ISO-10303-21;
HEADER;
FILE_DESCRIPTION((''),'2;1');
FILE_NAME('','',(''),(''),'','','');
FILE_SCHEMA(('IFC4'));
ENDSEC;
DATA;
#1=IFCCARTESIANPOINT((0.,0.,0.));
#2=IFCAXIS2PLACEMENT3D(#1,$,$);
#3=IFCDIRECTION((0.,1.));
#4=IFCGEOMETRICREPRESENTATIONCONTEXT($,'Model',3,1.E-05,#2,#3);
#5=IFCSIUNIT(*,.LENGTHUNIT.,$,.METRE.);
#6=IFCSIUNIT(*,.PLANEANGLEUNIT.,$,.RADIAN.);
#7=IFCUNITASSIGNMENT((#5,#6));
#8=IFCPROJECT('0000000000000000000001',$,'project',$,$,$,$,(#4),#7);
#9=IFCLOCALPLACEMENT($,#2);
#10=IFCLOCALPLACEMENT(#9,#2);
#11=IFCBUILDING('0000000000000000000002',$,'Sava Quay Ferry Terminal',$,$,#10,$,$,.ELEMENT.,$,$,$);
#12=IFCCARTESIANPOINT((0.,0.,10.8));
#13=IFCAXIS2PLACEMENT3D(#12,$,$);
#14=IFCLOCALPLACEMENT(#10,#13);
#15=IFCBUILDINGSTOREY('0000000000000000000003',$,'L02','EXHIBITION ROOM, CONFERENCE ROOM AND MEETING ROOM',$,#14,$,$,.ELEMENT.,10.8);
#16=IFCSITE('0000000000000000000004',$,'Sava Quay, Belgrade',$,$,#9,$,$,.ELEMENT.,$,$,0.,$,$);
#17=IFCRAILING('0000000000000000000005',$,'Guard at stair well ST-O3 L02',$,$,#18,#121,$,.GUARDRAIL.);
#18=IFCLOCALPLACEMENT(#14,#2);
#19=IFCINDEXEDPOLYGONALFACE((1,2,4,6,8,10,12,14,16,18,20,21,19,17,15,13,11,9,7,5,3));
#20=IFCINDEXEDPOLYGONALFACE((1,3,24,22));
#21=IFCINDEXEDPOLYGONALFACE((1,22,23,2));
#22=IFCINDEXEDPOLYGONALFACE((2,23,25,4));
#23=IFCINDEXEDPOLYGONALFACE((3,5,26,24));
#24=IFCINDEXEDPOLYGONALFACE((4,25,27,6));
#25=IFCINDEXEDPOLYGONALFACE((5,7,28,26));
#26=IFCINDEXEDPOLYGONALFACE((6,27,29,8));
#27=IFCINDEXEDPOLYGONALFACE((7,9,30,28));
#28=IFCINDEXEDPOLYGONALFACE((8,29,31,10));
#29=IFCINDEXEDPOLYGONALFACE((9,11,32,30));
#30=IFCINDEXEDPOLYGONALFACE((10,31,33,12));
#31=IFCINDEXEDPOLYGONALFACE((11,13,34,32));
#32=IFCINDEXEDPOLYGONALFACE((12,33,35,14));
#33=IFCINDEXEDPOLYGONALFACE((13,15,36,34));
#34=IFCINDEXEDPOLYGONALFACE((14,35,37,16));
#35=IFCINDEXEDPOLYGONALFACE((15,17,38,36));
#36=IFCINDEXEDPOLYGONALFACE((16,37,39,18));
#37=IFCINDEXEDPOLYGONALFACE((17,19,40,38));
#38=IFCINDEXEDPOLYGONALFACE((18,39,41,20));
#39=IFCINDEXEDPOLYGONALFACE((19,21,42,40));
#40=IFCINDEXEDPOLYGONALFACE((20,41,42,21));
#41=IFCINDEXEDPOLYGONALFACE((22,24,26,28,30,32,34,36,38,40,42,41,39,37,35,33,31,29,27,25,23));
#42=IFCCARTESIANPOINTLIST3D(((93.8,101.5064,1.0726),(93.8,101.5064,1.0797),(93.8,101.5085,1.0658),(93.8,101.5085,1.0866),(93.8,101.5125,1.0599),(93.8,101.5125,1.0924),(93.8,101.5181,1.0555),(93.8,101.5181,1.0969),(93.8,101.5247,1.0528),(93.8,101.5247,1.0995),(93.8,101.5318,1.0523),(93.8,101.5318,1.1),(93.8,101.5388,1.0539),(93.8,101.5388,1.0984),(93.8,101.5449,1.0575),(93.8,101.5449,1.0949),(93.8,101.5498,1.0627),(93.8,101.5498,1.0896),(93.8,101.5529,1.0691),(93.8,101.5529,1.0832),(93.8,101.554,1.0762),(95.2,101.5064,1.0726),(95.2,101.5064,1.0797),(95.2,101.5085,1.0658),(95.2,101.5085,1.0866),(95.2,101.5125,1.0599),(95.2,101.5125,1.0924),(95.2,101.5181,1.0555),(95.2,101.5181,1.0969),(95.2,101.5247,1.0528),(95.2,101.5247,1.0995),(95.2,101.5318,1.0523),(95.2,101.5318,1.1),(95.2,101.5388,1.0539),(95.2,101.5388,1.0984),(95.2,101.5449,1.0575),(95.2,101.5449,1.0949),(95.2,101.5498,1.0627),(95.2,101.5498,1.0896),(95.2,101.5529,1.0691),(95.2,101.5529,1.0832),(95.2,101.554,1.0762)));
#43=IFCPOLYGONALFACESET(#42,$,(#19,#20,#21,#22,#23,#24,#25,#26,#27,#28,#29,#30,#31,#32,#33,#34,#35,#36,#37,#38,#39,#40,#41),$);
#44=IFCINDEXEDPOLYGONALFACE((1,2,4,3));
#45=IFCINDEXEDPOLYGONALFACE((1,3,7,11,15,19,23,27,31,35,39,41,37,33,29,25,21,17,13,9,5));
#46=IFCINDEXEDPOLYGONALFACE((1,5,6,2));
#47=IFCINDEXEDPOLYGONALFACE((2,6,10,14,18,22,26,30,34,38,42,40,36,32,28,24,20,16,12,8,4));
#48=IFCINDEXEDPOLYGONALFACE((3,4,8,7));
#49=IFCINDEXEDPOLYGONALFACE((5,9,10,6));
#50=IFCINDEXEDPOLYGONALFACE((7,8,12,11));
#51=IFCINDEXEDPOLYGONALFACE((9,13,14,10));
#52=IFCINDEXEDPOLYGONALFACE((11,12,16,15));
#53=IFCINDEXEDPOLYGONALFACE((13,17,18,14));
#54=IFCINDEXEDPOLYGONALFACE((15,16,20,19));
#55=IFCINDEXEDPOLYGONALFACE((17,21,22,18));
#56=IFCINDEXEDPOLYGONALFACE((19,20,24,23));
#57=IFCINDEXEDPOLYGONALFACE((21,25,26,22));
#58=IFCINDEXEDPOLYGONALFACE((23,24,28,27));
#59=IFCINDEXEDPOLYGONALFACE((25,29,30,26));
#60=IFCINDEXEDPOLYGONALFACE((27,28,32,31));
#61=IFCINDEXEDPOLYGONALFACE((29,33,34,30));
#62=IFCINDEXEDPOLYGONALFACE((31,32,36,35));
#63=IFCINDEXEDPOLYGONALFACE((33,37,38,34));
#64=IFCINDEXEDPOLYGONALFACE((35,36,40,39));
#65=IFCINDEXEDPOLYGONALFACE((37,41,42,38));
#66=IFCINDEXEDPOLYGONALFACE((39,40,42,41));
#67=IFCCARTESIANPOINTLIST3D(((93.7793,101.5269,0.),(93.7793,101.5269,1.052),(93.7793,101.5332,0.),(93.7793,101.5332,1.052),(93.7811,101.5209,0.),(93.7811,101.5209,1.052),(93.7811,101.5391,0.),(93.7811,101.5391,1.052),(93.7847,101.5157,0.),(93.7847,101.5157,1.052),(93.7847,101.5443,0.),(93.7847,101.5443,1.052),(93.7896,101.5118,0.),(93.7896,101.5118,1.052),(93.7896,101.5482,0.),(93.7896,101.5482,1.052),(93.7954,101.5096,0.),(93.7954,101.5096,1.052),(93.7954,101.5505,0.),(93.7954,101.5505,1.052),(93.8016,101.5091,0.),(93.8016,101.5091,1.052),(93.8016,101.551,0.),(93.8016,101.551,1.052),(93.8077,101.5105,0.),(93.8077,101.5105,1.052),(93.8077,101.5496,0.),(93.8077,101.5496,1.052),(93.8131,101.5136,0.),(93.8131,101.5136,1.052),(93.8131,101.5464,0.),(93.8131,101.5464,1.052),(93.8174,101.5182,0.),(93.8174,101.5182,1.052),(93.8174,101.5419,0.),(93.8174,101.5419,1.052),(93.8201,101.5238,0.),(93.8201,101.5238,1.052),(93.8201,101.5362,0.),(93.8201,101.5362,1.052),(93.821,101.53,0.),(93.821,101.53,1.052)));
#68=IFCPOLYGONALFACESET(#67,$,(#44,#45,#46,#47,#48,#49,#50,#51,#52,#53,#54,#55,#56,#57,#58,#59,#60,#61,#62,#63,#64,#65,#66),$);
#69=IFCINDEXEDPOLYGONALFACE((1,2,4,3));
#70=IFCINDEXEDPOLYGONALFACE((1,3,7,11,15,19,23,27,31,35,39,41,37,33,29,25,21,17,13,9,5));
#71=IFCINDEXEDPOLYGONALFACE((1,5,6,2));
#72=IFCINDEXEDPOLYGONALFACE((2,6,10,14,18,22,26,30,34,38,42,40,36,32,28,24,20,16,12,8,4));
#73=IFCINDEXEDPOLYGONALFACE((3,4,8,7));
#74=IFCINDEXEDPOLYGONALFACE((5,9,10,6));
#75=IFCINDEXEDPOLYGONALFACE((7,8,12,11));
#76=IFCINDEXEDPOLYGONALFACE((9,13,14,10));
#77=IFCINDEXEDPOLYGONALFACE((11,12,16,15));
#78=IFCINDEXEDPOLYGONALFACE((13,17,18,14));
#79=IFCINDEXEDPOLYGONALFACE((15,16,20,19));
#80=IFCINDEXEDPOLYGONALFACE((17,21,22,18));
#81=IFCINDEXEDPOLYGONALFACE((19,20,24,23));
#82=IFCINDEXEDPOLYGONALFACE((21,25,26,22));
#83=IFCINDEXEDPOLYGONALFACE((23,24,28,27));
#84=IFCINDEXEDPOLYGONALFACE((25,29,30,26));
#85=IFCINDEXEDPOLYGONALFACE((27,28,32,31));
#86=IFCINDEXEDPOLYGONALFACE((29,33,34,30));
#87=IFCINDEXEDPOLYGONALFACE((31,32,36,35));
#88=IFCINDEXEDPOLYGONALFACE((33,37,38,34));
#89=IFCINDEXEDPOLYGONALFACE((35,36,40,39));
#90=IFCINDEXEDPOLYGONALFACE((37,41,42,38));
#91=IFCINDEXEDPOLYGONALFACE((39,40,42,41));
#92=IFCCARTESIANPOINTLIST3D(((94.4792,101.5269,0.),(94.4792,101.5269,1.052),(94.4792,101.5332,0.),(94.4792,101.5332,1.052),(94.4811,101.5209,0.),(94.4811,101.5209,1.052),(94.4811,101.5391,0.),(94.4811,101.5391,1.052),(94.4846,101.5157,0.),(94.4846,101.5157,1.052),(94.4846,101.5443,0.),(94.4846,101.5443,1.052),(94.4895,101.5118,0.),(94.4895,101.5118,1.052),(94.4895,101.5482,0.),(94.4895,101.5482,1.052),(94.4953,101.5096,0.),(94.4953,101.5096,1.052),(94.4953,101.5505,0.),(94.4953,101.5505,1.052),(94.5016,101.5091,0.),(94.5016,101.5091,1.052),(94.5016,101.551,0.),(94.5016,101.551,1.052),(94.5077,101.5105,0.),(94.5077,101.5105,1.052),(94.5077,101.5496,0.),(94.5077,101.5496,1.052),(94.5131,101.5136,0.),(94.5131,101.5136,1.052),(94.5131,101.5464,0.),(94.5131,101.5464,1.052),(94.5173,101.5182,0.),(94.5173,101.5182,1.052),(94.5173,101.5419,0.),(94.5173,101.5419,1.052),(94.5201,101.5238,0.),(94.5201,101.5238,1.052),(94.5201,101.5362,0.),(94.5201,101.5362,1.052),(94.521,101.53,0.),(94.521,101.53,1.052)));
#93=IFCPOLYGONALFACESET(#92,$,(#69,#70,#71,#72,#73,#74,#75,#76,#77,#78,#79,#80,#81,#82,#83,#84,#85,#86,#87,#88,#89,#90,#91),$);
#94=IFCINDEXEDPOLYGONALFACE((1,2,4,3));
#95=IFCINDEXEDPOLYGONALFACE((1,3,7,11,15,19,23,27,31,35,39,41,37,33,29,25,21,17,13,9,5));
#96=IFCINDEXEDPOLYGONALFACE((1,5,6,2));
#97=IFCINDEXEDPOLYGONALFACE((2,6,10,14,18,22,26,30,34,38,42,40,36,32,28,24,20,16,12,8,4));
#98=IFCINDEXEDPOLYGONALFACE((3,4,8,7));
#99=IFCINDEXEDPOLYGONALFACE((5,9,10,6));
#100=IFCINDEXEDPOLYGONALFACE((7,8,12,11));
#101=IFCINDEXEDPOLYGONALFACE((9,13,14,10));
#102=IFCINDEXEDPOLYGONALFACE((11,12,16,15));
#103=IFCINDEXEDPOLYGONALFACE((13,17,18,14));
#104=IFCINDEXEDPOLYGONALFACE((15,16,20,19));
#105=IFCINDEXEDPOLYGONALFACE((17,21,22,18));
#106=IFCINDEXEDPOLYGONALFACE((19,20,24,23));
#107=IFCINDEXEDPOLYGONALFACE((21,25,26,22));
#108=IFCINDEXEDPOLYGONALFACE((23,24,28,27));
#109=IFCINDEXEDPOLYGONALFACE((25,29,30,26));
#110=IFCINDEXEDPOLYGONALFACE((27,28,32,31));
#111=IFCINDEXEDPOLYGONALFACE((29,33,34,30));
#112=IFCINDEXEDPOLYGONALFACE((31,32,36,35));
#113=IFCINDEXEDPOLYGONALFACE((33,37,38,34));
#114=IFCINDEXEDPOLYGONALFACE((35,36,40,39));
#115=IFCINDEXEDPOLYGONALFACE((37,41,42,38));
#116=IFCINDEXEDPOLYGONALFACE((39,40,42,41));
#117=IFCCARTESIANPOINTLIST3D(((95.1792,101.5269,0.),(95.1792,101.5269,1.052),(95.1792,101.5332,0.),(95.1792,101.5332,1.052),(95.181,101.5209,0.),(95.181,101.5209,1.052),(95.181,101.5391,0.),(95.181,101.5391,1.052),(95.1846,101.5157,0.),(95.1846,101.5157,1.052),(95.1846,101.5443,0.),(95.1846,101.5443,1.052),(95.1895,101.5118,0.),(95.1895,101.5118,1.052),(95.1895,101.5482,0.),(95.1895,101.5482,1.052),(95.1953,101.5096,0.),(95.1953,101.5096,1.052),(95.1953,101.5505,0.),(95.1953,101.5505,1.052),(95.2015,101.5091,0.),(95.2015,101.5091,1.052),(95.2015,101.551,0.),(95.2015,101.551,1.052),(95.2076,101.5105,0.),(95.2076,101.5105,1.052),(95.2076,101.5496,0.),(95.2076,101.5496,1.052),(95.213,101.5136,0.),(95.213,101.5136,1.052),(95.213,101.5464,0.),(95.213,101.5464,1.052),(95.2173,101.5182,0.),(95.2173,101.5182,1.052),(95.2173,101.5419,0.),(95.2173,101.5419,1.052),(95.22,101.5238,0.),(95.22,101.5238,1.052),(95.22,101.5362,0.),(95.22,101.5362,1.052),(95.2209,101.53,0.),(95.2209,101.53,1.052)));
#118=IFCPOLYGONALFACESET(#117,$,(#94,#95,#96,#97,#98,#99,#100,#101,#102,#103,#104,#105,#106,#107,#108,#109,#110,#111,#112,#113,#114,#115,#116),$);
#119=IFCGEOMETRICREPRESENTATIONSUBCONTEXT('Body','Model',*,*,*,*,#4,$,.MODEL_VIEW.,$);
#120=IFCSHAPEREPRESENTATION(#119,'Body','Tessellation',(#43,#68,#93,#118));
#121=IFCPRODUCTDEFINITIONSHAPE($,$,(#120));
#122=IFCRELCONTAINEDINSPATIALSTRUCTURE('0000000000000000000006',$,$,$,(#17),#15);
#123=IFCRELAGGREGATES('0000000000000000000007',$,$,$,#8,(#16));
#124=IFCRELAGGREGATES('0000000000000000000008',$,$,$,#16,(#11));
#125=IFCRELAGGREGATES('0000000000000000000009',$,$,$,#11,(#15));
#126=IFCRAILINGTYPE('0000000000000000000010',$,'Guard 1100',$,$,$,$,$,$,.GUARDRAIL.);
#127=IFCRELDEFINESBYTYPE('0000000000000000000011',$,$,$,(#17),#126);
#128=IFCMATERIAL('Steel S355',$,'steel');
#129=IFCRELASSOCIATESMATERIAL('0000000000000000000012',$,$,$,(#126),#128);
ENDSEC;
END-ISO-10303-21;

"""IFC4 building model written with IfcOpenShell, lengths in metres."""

from ifc_helpers import new_model, si_unit, direction, frame, origin, origin_2d, place, context, subcontext, project, spatial, circle, extrude, material, type_object, element, save


model = new_model("IFC4")

# Units and contexts
model_context = context("Model", 3, precision=1e-05, world=origin(), true_north=direction((0.0, 1.0)))
body_context = subcontext(model_context, "Body", "Model", "MODEL_VIEW")
ifc_project = project(units=[si_unit("LENGTHUNIT", "METRE"), si_unit("PLANEANGLEUNIT", "RADIAN")], contexts=[model_context])

# Site, building, storey
site_placement = place(None, origin())
site = spatial("IfcSite", under=ifc_project, at=site_placement, Name="Sava Quay, Belgrade", CompositionType="ELEMENT", RefElevation=0.0)
building_placement = place(site_placement, origin())
building = spatial("IfcBuilding", under=site, at=building_placement, Name="Sava Quay Ferry Terminal", CompositionType="ELEMENT")
storey_placement = place(building_placement, frame((0.0, 0.0, 10.8)))
storey = spatial("IfcBuildingStorey", under=building, at=storey_placement, Name="L02", Description="EXHIBITION ROOM, CONFERENCE ROOM AND MEETING ROOM", CompositionType="ELEMENT", Elevation=10.8)

# Railing
ifc_material_1 = material(Name="Steel S355", Category="steel")
railing_type_1 = type_object("IfcRailingType", Name="Guard 1100", PredefinedType="GUARDRAIL", material=ifc_material_1)
railing_1_placement = place(storey_placement, frame((93.8, 101.53, 0.0)))
element("IfcRailing", 1, at=railing_1_placement, inside=storey, type_object=railing_type_1, Name="Guard at stair well ST-O3 L02", PredefinedType="GUARDRAIL", context=body_context, shape_type="SweptSolid", body=[
    extrude(circle(Radius=0.0239, at=origin_2d()), frame((0.0, 0.0, 1.0762), z_axis=(1.0, 0.0, 0.0), x_axis=(0.0, 1.0, 0.0)), (0.0, 0.0, 1.0), 1.3999),
    extrude(circle(Radius=0.021, at=origin_2d()), origin(), (0.0, 0.0, 1.0), 1.052),
    extrude(circle(Radius=0.021, at=origin_2d()), frame((0.7, 0.0, 0.0)), (0.0, 0.0, 1.0), 1.052),
    extrude(circle(Radius=0.021, at=origin_2d()), frame((1.3999, 0.0, 0.0)), (0.0, 0.0, 1.0), 1.052),
])

save(model, "model.ifc")
